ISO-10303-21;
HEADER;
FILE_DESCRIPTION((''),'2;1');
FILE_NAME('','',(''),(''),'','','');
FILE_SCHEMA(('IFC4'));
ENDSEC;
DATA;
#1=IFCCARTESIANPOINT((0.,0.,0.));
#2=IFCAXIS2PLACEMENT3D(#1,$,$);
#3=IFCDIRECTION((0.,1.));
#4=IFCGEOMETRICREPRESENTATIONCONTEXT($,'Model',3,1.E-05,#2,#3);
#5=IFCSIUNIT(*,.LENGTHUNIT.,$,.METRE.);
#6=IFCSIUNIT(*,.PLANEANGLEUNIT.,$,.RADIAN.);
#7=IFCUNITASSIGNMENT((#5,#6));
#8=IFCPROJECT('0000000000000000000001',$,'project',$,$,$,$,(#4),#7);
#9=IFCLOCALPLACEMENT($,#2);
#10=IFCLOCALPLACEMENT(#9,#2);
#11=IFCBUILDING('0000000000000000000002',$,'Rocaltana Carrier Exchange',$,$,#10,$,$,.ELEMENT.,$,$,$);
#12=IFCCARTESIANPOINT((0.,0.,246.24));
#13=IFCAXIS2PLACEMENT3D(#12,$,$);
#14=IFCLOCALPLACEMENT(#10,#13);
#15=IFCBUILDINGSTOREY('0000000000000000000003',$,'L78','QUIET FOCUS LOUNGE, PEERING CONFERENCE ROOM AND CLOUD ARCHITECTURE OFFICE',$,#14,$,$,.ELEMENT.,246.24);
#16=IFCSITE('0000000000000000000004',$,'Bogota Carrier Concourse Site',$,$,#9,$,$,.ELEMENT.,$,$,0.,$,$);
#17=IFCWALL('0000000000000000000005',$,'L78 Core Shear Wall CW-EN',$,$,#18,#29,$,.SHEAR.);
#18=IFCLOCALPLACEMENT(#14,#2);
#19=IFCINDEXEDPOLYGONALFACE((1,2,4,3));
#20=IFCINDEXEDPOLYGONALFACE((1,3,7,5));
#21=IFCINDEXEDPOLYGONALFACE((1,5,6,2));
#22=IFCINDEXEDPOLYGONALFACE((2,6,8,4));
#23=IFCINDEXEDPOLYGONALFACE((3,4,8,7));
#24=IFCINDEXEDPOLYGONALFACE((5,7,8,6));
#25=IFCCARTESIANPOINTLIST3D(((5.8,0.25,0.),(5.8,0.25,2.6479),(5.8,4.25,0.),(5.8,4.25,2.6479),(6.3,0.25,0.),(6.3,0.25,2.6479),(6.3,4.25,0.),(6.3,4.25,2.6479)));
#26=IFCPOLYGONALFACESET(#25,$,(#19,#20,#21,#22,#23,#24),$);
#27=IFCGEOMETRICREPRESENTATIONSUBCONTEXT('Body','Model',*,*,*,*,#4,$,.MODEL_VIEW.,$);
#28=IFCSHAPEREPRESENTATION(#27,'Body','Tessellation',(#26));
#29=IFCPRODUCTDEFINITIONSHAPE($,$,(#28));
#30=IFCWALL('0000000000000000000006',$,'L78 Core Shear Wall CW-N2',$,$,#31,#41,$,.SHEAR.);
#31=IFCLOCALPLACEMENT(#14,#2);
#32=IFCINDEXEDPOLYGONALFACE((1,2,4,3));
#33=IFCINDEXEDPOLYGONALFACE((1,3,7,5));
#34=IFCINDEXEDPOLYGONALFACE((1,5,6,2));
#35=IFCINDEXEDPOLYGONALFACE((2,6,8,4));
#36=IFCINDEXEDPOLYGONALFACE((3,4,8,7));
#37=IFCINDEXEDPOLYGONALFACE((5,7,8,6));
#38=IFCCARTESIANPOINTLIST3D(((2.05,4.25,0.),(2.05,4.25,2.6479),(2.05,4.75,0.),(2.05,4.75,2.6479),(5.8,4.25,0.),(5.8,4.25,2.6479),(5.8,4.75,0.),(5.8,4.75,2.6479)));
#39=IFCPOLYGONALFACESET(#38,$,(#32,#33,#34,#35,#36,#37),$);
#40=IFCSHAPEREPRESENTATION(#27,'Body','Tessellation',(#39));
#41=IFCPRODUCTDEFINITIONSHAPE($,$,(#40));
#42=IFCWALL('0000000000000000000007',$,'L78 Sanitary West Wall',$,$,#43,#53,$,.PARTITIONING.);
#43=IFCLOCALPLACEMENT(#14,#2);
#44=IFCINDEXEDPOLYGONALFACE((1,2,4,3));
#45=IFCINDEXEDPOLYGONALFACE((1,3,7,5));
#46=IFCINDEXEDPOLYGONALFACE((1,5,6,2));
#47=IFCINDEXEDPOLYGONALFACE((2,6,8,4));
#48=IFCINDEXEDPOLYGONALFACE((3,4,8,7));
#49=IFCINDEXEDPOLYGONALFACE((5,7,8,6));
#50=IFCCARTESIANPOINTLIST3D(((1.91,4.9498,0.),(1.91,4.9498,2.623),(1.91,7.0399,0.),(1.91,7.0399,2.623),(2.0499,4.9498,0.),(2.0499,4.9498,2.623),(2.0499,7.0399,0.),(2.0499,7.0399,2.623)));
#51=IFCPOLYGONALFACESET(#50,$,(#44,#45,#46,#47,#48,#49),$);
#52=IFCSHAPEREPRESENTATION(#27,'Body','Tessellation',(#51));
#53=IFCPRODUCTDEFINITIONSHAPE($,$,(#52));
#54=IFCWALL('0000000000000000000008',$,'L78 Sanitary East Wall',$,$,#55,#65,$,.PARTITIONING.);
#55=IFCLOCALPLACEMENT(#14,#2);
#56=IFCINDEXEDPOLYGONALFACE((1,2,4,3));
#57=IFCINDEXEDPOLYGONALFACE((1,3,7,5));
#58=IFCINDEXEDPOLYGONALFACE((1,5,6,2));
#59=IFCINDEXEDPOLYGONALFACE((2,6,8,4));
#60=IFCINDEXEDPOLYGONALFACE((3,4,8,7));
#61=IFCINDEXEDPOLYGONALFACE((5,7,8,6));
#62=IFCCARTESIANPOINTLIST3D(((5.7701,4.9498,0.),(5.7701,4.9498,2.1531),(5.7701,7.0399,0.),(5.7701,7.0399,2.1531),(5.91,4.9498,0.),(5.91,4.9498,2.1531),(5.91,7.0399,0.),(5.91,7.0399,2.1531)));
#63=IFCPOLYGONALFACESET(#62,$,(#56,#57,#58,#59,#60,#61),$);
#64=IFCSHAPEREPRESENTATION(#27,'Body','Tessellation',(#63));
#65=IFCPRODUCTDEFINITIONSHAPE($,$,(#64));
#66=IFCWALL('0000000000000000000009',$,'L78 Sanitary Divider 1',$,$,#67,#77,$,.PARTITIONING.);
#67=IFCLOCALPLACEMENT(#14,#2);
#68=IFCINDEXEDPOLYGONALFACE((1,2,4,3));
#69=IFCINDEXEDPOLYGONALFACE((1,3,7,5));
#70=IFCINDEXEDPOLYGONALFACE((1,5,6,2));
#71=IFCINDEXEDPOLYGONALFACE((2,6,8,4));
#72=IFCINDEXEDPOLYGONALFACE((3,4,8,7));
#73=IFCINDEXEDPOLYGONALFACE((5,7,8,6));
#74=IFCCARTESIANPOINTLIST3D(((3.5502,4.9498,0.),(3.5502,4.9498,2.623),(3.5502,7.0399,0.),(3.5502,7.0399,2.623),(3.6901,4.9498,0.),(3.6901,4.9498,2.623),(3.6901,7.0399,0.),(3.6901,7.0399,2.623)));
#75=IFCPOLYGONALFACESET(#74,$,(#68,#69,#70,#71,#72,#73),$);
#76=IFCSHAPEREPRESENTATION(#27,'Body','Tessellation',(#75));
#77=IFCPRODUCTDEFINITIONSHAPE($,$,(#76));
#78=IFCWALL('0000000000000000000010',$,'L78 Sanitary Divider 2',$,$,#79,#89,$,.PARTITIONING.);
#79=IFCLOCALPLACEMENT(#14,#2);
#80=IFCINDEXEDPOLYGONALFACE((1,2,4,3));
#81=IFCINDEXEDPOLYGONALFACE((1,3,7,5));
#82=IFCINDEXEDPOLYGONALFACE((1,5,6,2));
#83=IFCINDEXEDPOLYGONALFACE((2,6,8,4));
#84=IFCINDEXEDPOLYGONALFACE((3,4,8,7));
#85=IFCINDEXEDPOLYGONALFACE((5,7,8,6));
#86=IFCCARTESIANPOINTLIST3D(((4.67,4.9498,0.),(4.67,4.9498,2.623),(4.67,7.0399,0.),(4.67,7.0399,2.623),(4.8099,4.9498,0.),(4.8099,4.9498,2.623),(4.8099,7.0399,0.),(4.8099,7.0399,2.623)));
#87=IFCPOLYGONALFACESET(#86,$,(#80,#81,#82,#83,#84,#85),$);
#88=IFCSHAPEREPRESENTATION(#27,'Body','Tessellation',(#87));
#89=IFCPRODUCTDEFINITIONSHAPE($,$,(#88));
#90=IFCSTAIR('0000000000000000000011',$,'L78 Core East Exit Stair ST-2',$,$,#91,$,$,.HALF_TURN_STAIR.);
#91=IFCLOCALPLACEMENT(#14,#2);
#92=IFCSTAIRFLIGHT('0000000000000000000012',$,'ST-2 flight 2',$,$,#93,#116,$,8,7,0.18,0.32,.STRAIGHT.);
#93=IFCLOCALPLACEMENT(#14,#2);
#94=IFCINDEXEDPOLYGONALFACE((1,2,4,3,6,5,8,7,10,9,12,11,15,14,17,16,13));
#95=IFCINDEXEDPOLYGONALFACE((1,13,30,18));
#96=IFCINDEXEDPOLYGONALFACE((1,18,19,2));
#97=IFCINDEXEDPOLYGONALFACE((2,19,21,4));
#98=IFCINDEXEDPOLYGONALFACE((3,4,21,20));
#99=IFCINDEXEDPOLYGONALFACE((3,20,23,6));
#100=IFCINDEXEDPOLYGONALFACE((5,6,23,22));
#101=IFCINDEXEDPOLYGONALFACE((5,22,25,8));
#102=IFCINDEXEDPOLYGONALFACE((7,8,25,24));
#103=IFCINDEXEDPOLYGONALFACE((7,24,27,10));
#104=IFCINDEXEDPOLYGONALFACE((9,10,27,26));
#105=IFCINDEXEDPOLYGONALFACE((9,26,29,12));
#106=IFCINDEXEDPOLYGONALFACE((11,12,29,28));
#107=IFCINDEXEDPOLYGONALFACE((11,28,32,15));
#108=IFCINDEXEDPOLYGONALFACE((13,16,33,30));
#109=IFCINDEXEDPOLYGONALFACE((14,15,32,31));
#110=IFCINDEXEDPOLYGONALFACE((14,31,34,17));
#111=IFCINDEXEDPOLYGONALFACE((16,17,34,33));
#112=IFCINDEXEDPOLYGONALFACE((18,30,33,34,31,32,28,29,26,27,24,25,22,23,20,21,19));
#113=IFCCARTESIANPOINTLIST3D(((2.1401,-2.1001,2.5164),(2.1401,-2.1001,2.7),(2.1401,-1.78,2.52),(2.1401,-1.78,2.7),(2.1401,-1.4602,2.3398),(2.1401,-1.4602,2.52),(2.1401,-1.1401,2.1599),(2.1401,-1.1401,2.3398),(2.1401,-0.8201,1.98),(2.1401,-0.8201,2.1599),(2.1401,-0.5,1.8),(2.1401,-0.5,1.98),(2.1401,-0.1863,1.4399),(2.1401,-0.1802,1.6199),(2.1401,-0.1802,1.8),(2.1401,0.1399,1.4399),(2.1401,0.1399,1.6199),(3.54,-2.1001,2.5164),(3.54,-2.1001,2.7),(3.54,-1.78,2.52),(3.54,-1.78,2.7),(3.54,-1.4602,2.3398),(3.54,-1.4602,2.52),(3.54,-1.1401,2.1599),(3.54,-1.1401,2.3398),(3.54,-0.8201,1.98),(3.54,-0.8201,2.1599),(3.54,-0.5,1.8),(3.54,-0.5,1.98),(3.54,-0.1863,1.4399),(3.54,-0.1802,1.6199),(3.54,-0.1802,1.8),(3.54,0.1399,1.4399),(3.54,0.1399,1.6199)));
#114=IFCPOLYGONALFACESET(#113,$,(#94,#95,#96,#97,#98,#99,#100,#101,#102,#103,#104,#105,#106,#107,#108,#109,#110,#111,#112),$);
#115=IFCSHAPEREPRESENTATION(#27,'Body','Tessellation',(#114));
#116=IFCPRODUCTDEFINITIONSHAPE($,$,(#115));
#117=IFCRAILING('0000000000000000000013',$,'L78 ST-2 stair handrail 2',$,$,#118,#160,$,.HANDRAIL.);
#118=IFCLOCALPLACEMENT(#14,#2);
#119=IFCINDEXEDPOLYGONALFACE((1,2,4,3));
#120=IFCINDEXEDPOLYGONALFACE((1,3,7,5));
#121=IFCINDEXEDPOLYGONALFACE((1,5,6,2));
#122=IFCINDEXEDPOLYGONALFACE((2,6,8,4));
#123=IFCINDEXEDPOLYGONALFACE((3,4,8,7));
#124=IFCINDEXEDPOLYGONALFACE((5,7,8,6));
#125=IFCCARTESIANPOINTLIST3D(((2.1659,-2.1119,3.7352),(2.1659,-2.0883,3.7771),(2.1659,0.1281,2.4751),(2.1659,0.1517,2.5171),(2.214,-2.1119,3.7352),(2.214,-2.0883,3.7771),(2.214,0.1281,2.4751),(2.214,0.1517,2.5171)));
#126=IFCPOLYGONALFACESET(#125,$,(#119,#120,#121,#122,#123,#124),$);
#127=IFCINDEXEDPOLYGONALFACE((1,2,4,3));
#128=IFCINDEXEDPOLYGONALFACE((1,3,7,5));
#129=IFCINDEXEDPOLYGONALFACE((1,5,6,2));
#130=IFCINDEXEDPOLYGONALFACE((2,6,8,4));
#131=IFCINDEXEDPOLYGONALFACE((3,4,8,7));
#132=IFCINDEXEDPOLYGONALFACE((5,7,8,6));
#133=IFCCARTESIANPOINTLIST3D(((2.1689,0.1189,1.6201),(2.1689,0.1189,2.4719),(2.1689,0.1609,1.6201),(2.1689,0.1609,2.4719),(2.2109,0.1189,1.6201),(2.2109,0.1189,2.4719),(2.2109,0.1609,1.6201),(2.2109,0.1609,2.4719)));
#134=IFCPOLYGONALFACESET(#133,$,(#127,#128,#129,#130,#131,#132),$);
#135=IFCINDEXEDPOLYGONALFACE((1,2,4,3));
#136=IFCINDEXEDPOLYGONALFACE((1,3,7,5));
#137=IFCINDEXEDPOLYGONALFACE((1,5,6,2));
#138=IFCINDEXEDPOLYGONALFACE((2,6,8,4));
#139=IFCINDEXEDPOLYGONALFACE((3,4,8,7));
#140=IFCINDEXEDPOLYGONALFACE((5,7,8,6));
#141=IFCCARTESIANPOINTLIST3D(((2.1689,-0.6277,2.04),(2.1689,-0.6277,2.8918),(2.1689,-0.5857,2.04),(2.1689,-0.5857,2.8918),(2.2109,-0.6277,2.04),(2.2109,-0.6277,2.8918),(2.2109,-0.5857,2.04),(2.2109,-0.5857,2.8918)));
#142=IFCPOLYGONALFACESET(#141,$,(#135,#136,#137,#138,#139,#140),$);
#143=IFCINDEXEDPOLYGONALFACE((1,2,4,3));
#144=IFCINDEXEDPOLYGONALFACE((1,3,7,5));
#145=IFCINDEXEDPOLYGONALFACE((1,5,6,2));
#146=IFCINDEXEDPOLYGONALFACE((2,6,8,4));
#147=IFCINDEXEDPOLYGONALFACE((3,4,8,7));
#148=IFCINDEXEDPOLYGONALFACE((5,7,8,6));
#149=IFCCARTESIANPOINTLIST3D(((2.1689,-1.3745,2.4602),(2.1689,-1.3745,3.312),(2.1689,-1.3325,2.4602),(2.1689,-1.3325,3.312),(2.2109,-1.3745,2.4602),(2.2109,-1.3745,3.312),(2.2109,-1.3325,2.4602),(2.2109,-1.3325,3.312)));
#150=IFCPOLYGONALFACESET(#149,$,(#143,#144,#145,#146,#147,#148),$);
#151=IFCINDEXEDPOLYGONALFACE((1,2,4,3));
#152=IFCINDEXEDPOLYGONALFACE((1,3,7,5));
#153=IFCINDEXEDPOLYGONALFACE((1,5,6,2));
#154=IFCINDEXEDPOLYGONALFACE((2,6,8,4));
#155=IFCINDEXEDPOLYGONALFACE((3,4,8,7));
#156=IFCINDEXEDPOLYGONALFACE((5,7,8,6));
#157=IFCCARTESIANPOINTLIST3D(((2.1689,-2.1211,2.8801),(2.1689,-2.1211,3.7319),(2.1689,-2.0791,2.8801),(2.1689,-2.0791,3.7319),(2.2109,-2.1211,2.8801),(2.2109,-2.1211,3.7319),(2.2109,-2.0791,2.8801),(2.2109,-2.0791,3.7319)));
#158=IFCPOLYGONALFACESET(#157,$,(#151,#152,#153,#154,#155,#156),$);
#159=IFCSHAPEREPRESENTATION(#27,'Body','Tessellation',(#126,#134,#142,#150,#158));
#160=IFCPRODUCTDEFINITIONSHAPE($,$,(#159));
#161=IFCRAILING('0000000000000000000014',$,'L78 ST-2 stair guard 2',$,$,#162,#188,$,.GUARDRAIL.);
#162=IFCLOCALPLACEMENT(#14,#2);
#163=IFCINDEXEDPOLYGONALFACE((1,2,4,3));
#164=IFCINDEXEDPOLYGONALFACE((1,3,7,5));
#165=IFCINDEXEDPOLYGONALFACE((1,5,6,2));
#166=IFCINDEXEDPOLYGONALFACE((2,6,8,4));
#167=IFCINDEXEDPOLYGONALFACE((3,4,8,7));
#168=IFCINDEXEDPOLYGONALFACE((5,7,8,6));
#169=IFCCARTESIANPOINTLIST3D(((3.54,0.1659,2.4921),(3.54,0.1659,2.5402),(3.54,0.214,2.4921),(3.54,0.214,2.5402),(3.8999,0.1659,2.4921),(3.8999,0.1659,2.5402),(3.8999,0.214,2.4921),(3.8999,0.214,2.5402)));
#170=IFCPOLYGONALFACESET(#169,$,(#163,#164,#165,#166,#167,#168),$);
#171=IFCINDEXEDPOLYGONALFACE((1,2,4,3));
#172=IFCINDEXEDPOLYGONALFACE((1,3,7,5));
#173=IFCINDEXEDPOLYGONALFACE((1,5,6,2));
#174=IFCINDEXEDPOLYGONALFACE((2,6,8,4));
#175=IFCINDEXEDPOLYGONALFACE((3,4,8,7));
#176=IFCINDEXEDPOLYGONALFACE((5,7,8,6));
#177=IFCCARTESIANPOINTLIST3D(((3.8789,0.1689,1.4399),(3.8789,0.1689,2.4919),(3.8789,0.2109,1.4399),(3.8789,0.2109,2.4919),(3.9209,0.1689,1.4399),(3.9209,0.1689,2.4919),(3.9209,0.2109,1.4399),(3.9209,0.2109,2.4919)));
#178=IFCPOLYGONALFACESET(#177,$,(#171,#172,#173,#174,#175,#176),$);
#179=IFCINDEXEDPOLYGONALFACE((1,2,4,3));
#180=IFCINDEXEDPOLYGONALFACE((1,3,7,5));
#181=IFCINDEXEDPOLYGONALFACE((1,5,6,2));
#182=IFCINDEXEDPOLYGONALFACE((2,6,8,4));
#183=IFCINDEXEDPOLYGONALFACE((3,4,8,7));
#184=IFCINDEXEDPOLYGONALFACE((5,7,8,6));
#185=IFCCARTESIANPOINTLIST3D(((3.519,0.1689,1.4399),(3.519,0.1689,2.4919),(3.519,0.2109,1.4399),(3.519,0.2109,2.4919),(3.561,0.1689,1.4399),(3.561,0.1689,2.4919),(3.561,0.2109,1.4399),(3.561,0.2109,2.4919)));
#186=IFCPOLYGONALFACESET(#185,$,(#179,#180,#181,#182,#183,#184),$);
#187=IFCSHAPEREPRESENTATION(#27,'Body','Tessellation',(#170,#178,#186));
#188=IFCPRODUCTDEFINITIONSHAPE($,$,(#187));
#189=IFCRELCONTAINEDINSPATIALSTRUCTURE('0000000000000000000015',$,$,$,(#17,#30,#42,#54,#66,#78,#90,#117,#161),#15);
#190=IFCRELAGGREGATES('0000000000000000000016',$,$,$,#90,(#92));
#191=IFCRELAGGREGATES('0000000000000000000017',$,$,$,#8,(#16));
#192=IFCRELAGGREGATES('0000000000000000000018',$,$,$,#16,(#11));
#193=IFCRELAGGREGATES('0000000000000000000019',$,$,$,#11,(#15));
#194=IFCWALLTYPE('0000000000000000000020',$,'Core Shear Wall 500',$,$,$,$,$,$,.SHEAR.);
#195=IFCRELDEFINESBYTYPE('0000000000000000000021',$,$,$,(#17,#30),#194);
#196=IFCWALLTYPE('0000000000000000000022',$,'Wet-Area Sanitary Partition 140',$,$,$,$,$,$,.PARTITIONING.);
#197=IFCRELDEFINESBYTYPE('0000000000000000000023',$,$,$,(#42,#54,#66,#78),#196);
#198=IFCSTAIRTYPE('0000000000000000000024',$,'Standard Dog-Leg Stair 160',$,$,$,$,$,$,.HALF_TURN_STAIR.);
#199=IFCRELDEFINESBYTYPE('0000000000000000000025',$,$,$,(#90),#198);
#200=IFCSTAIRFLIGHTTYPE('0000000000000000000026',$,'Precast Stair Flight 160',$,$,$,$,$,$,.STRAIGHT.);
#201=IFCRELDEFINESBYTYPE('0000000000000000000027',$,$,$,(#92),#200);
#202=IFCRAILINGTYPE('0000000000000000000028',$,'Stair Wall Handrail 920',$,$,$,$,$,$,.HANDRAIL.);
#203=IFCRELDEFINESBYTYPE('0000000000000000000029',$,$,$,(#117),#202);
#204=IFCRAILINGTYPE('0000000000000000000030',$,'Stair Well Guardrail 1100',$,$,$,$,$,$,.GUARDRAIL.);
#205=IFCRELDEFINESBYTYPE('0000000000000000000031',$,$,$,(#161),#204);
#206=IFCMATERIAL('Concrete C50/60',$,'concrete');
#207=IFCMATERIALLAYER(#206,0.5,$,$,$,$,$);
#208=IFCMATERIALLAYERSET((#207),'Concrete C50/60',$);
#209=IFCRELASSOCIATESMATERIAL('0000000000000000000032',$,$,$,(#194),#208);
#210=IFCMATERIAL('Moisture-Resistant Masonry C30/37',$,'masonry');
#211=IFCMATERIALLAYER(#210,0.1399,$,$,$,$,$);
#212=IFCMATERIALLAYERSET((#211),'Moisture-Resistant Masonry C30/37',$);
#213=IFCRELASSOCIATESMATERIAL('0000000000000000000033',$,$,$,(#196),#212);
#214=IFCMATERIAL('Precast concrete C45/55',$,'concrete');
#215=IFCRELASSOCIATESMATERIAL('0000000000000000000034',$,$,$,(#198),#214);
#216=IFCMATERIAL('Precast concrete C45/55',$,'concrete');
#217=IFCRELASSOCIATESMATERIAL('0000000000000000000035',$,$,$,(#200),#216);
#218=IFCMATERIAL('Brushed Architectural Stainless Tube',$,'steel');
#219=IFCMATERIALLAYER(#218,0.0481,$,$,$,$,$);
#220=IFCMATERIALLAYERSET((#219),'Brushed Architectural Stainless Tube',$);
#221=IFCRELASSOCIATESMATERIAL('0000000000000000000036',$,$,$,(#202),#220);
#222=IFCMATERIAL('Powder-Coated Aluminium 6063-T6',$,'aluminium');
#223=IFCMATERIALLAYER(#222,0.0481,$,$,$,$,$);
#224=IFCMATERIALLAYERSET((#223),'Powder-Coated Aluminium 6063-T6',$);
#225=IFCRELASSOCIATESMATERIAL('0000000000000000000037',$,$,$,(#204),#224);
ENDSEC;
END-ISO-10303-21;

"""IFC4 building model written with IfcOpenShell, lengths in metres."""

from ifc_helpers import new_model, si_unit, direction, frame, frame_2d, origin, origin_2d, place, context, subcontext, project, spatial, polyline, rectangle, outline, extrude, material, layer, layer_set, type_object, element, aggregate, save


model = new_model("IFC4")

# Units and contexts
model_context = context("Model", 3, precision=1e-05, world=origin(), true_north=direction((0.0, 1.0)))
body_context = subcontext(model_context, "Body", "Model", "MODEL_VIEW")
ifc_project = project(units=[si_unit("LENGTHUNIT", "METRE"), si_unit("PLANEANGLEUNIT", "RADIAN")], contexts=[model_context])

# Site, building, storey
site_placement = place(None, origin())
site = spatial("IfcSite", under=ifc_project, at=site_placement, Name="Bogota Carrier Concourse Site", CompositionType="ELEMENT", RefElevation=0.0)
building_placement = place(site_placement, origin())
building = spatial("IfcBuilding", under=site, at=building_placement, Name="Rocaltana Carrier Exchange", CompositionType="ELEMENT")
storey_placement = place(building_placement, frame((0.0, 0.0, 246.24)))
storey = spatial("IfcBuildingStorey", under=building, at=storey_placement, Name="L78", Description="QUIET FOCUS LOUNGE, PEERING CONFERENCE ROOM AND CLOUD ARCHITECTURE OFFICE", CompositionType="ELEMENT", Elevation=246.24)

# Walls
ifc_material_1 = material(Name="Concrete C50/60", Category="concrete")
ifc_layer_1 = layer(ifc_material_1, 0.5)
ifc_layer_set_1 = layer_set([ifc_layer_1], Name="Concrete C50/60")
wall_type_1 = type_object("IfcWallType", Name="Core Shear Wall 500", PredefinedType="SHEAR", material=ifc_layer_set_1)
wall_1_placement = place(storey_placement, frame((6.05, 0.25, 0.0), z_axis=(0.0, 0.0, 1.0), x_axis=(0.0, 1.0, 0.0)))
element("IfcWall", 1, at=wall_1_placement, inside=storey, type_object=wall_type_1, Name="L78 Core Shear Wall CW-EN", PredefinedType="SHEAR", context=body_context, shape_type="SweptSolid", body=[
    extrude(rectangle(XDim=4.0, YDim=0.5, at=frame_2d((2.0, 0.0))), origin(), (0.0, 0.0, 1.0), 2.6479),
])
wall_2_placement = place(storey_placement, frame((2.05, 4.5, 0.0), z_axis=(0.0, 0.0, 1.0), x_axis=(1.0, 0.0, 0.0)))
element("IfcWall", 2, at=wall_2_placement, inside=storey, type_object=wall_type_1, Name="L78 Core Shear Wall CW-N2", PredefinedType="SHEAR", context=body_context, shape_type="SweptSolid", body=[
    extrude(rectangle(XDim=3.75, YDim=0.5, at=frame_2d((1.875, 0.0))), origin(), (0.0, 0.0, 1.0), 2.6479),
])
ifc_material_2 = material(Name="Moisture-Resistant Masonry C30/37", Category="masonry")
ifc_layer_2 = layer(ifc_material_2, 0.1399)
ifc_layer_set_2 = layer_set([ifc_layer_2], Name="Moisture-Resistant Masonry C30/37")
wall_type_2 = type_object("IfcWallType", Name="Wet-Area Sanitary Partition 140", PredefinedType="PARTITIONING", material=ifc_layer_set_2)
wall_3_placement = place(storey_placement, frame((1.98, 4.95, 0.0), z_axis=(0.0, 0.0, 1.0), x_axis=(0.0, 1.0, 0.0)))
element("IfcWall", 3, at=wall_3_placement, inside=storey, type_object=wall_type_2, Name="L78 Sanitary West Wall", PredefinedType="PARTITIONING", context=body_context, shape_type="SweptSolid", body=[
    extrude(rectangle(XDim=2.0901, YDim=0.1399, at=frame_2d((1.0449, 0.0))), origin(), (0.0, 0.0, 1.0), 2.623),
])
wall_4_placement = place(storey_placement, frame((5.8401, 4.95, 0.0), z_axis=(0.0, 0.0, 1.0), x_axis=(0.0, 1.0, 0.0)))
element("IfcWall", 4, at=wall_4_placement, inside=storey, type_object=wall_type_2, Name="L78 Sanitary East Wall", PredefinedType="PARTITIONING", context=body_context, shape_type="SweptSolid", body=[
    extrude(rectangle(XDim=2.0901, YDim=0.1399, at=frame_2d((1.0449, 0.0))), origin(), (0.0, 0.0, 1.0), 2.1531),
])
for number, where, z_axis, x_axis, name in (
    (5, (3.6201, 4.95, 0.0), (0.0, 0.0, 1.0), (0.0, 1.0, 0.0), "L78 Sanitary Divider 1"),
    (6, (4.74, 4.95, 0.0), (0.0, 0.0, 1.0), (0.0, 1.0, 0.0), "L78 Sanitary Divider 2"),
):
    element("IfcWall", number, at=place(storey_placement, frame(where, z_axis=z_axis, x_axis=x_axis)), inside=storey, type_object=wall_type_2, Name=name, PredefinedType="PARTITIONING", context=body_context, shape_type="SweptSolid", body=[
        extrude(rectangle(XDim=2.0901, YDim=0.1399, at=frame_2d((1.0449, 0.0))), origin(), (0.0, 0.0, 1.0), 2.623),
    ])

# Stair, stair flight
ifc_material_3 = material(Name="Precast concrete C45/55", Category="concrete")
stair_type = type_object("IfcStairType", Name="Standard Dog-Leg Stair 160", PredefinedType="HALF_TURN_STAIR", material=ifc_material_3)
stair_placement = place(storey_placement, origin())
stair = element("IfcStair", 7, at=stair_placement, inside=storey, type_object=stair_type, Name="L78 Core East Exit Stair ST-2", PredefinedType="HALF_TURN_STAIR")
ifc_material_4 = material(Name="Precast concrete C45/55", Category="concrete")
stair_flight_type = type_object("IfcStairFlightType", Name="Precast Stair Flight 160", PredefinedType="STRAIGHT", material=ifc_material_4)
stair_flight_placement = place(storey_placement, frame((2.8401, 0.1399, 1.4399), z_axis=(0.0, 0.0, 1.0), x_axis=(0.0, -1.0, 0.0)))
stair_flight = element("IfcStairFlight", 8, at=stair_flight_placement, type_object=stair_flight_type, Name="ST-2 flight 2", NumberOfRisers=8, NumberOfTreads=7, PredefinedType="STRAIGHT", RiserHeight=0.18, TreadLength=0.32, context=body_context, shape_type="SweptSolid", body=[
    extrude(outline(polyline([(0.0, 0.0), (0.0, 0.1799), (0.3201, 0.1799), (0.3201, 0.3601), (0.6399, 0.3601), (0.6399, 0.54), (0.96, 0.54), (0.96, 0.72), (1.28, 0.72), (1.28, 0.8999), (1.6001, 0.8999), (1.6001, 1.0801), (1.9199, 1.0801), (1.9199, 1.26), (2.24, 1.26), (2.24, 1.4399), (2.24, 1.0764), (0.3262, 0.0), (0.0, 0.0)])), frame((0.0, 0.7, 0.0), z_axis=(0.0, -1.0, 0.0), x_axis=(1.0, 0.0, 0.0)), (0.0, 0.0, 1.0), 1.3999),
])
aggregate(stair, [stair_flight])

# Railings
ifc_material_5 = material(Name="Brushed Architectural Stainless Tube", Category="steel")
ifc_layer_3 = layer(ifc_material_5, 0.0481)
ifc_layer_set_3 = layer_set([ifc_layer_3], Name="Brushed Architectural Stainless Tube")
railing_type_1 = type_object("IfcRailingType", Name="Stair Wall Handrail 920", PredefinedType="HANDRAIL", material=ifc_layer_set_3)
railing_1_placement = place(storey_placement, frame((2.1899, 0.1399, 1.6201)))
element("IfcRailing", 9, at=railing_1_placement, inside=storey, type_object=railing_type_1, Name="L78 ST-2 stair handrail 2", PredefinedType="HANDRAIL", context=body_context, shape_type="SweptSolid", body=[
    extrude(rectangle(XDim=0.0481, YDim=0.0481, at=origin_2d()), frame((0.0, 0.0, 0.876), z_axis=(0.0, -0.871573, 0.490266), x_axis=(1.0, 0.0, 0.0)), (0.0, 0.0, 1.0), 2.5701),
    extrude(rectangle(XDim=0.042, YDim=0.042, at=origin_2d()), origin(), (0.0, 0.0, 1.0), 0.8518),
    extrude(rectangle(XDim=0.042, YDim=0.042, at=origin_2d()), frame((0.0, -0.7466, 0.4199)), (0.0, 0.0, 1.0), 0.8518),
    extrude(rectangle(XDim=0.042, YDim=0.042, at=origin_2d()), frame((0.0, -1.4934, 0.8401)), (0.0, 0.0, 1.0), 0.8518),
    extrude(rectangle(XDim=0.042, YDim=0.042, at=origin_2d()), frame((0.0, -2.24, 1.26)), (0.0, 0.0, 1.0), 0.8518),
])
ifc_material_6 = material(Name="Powder-Coated Aluminium 6063-T6", Category="aluminium")
ifc_layer_4 = layer(ifc_material_6, 0.0481)
ifc_layer_set_4 = layer_set([ifc_layer_4], Name="Powder-Coated Aluminium 6063-T6")
railing_type_2 = type_object("IfcRailingType", Name="Stair Well Guardrail 1100", PredefinedType="GUARDRAIL", material=ifc_layer_set_4)
railing_2_placement = place(storey_placement, frame((3.8999, 0.1899, 1.4399)))
element("IfcRailing", 10, at=railing_2_placement, inside=storey, type_object=railing_type_2, Name="L78 ST-2 stair guard 2", PredefinedType="GUARDRAIL", context=body_context, shape_type="SweptSolid", body=[
    extrude(rectangle(XDim=0.0481, YDim=0.0481, at=origin_2d()), frame((0.0, 0.0, 1.0762), z_axis=(-1.0, 0.0, 0.0), x_axis=(0.0, -1.0, 0.0)), (0.0, 0.0, 1.0), 0.3599),
    extrude(rectangle(XDim=0.042, YDim=0.042, at=origin_2d()), origin(), (0.0, 0.0, 1.0), 1.052),
    extrude(rectangle(XDim=0.042, YDim=0.042, at=origin_2d()), frame((-0.3599, 0.0, 0.0)), (0.0, 0.0, 1.0), 1.052),
])

save(model, "model.ifc")
